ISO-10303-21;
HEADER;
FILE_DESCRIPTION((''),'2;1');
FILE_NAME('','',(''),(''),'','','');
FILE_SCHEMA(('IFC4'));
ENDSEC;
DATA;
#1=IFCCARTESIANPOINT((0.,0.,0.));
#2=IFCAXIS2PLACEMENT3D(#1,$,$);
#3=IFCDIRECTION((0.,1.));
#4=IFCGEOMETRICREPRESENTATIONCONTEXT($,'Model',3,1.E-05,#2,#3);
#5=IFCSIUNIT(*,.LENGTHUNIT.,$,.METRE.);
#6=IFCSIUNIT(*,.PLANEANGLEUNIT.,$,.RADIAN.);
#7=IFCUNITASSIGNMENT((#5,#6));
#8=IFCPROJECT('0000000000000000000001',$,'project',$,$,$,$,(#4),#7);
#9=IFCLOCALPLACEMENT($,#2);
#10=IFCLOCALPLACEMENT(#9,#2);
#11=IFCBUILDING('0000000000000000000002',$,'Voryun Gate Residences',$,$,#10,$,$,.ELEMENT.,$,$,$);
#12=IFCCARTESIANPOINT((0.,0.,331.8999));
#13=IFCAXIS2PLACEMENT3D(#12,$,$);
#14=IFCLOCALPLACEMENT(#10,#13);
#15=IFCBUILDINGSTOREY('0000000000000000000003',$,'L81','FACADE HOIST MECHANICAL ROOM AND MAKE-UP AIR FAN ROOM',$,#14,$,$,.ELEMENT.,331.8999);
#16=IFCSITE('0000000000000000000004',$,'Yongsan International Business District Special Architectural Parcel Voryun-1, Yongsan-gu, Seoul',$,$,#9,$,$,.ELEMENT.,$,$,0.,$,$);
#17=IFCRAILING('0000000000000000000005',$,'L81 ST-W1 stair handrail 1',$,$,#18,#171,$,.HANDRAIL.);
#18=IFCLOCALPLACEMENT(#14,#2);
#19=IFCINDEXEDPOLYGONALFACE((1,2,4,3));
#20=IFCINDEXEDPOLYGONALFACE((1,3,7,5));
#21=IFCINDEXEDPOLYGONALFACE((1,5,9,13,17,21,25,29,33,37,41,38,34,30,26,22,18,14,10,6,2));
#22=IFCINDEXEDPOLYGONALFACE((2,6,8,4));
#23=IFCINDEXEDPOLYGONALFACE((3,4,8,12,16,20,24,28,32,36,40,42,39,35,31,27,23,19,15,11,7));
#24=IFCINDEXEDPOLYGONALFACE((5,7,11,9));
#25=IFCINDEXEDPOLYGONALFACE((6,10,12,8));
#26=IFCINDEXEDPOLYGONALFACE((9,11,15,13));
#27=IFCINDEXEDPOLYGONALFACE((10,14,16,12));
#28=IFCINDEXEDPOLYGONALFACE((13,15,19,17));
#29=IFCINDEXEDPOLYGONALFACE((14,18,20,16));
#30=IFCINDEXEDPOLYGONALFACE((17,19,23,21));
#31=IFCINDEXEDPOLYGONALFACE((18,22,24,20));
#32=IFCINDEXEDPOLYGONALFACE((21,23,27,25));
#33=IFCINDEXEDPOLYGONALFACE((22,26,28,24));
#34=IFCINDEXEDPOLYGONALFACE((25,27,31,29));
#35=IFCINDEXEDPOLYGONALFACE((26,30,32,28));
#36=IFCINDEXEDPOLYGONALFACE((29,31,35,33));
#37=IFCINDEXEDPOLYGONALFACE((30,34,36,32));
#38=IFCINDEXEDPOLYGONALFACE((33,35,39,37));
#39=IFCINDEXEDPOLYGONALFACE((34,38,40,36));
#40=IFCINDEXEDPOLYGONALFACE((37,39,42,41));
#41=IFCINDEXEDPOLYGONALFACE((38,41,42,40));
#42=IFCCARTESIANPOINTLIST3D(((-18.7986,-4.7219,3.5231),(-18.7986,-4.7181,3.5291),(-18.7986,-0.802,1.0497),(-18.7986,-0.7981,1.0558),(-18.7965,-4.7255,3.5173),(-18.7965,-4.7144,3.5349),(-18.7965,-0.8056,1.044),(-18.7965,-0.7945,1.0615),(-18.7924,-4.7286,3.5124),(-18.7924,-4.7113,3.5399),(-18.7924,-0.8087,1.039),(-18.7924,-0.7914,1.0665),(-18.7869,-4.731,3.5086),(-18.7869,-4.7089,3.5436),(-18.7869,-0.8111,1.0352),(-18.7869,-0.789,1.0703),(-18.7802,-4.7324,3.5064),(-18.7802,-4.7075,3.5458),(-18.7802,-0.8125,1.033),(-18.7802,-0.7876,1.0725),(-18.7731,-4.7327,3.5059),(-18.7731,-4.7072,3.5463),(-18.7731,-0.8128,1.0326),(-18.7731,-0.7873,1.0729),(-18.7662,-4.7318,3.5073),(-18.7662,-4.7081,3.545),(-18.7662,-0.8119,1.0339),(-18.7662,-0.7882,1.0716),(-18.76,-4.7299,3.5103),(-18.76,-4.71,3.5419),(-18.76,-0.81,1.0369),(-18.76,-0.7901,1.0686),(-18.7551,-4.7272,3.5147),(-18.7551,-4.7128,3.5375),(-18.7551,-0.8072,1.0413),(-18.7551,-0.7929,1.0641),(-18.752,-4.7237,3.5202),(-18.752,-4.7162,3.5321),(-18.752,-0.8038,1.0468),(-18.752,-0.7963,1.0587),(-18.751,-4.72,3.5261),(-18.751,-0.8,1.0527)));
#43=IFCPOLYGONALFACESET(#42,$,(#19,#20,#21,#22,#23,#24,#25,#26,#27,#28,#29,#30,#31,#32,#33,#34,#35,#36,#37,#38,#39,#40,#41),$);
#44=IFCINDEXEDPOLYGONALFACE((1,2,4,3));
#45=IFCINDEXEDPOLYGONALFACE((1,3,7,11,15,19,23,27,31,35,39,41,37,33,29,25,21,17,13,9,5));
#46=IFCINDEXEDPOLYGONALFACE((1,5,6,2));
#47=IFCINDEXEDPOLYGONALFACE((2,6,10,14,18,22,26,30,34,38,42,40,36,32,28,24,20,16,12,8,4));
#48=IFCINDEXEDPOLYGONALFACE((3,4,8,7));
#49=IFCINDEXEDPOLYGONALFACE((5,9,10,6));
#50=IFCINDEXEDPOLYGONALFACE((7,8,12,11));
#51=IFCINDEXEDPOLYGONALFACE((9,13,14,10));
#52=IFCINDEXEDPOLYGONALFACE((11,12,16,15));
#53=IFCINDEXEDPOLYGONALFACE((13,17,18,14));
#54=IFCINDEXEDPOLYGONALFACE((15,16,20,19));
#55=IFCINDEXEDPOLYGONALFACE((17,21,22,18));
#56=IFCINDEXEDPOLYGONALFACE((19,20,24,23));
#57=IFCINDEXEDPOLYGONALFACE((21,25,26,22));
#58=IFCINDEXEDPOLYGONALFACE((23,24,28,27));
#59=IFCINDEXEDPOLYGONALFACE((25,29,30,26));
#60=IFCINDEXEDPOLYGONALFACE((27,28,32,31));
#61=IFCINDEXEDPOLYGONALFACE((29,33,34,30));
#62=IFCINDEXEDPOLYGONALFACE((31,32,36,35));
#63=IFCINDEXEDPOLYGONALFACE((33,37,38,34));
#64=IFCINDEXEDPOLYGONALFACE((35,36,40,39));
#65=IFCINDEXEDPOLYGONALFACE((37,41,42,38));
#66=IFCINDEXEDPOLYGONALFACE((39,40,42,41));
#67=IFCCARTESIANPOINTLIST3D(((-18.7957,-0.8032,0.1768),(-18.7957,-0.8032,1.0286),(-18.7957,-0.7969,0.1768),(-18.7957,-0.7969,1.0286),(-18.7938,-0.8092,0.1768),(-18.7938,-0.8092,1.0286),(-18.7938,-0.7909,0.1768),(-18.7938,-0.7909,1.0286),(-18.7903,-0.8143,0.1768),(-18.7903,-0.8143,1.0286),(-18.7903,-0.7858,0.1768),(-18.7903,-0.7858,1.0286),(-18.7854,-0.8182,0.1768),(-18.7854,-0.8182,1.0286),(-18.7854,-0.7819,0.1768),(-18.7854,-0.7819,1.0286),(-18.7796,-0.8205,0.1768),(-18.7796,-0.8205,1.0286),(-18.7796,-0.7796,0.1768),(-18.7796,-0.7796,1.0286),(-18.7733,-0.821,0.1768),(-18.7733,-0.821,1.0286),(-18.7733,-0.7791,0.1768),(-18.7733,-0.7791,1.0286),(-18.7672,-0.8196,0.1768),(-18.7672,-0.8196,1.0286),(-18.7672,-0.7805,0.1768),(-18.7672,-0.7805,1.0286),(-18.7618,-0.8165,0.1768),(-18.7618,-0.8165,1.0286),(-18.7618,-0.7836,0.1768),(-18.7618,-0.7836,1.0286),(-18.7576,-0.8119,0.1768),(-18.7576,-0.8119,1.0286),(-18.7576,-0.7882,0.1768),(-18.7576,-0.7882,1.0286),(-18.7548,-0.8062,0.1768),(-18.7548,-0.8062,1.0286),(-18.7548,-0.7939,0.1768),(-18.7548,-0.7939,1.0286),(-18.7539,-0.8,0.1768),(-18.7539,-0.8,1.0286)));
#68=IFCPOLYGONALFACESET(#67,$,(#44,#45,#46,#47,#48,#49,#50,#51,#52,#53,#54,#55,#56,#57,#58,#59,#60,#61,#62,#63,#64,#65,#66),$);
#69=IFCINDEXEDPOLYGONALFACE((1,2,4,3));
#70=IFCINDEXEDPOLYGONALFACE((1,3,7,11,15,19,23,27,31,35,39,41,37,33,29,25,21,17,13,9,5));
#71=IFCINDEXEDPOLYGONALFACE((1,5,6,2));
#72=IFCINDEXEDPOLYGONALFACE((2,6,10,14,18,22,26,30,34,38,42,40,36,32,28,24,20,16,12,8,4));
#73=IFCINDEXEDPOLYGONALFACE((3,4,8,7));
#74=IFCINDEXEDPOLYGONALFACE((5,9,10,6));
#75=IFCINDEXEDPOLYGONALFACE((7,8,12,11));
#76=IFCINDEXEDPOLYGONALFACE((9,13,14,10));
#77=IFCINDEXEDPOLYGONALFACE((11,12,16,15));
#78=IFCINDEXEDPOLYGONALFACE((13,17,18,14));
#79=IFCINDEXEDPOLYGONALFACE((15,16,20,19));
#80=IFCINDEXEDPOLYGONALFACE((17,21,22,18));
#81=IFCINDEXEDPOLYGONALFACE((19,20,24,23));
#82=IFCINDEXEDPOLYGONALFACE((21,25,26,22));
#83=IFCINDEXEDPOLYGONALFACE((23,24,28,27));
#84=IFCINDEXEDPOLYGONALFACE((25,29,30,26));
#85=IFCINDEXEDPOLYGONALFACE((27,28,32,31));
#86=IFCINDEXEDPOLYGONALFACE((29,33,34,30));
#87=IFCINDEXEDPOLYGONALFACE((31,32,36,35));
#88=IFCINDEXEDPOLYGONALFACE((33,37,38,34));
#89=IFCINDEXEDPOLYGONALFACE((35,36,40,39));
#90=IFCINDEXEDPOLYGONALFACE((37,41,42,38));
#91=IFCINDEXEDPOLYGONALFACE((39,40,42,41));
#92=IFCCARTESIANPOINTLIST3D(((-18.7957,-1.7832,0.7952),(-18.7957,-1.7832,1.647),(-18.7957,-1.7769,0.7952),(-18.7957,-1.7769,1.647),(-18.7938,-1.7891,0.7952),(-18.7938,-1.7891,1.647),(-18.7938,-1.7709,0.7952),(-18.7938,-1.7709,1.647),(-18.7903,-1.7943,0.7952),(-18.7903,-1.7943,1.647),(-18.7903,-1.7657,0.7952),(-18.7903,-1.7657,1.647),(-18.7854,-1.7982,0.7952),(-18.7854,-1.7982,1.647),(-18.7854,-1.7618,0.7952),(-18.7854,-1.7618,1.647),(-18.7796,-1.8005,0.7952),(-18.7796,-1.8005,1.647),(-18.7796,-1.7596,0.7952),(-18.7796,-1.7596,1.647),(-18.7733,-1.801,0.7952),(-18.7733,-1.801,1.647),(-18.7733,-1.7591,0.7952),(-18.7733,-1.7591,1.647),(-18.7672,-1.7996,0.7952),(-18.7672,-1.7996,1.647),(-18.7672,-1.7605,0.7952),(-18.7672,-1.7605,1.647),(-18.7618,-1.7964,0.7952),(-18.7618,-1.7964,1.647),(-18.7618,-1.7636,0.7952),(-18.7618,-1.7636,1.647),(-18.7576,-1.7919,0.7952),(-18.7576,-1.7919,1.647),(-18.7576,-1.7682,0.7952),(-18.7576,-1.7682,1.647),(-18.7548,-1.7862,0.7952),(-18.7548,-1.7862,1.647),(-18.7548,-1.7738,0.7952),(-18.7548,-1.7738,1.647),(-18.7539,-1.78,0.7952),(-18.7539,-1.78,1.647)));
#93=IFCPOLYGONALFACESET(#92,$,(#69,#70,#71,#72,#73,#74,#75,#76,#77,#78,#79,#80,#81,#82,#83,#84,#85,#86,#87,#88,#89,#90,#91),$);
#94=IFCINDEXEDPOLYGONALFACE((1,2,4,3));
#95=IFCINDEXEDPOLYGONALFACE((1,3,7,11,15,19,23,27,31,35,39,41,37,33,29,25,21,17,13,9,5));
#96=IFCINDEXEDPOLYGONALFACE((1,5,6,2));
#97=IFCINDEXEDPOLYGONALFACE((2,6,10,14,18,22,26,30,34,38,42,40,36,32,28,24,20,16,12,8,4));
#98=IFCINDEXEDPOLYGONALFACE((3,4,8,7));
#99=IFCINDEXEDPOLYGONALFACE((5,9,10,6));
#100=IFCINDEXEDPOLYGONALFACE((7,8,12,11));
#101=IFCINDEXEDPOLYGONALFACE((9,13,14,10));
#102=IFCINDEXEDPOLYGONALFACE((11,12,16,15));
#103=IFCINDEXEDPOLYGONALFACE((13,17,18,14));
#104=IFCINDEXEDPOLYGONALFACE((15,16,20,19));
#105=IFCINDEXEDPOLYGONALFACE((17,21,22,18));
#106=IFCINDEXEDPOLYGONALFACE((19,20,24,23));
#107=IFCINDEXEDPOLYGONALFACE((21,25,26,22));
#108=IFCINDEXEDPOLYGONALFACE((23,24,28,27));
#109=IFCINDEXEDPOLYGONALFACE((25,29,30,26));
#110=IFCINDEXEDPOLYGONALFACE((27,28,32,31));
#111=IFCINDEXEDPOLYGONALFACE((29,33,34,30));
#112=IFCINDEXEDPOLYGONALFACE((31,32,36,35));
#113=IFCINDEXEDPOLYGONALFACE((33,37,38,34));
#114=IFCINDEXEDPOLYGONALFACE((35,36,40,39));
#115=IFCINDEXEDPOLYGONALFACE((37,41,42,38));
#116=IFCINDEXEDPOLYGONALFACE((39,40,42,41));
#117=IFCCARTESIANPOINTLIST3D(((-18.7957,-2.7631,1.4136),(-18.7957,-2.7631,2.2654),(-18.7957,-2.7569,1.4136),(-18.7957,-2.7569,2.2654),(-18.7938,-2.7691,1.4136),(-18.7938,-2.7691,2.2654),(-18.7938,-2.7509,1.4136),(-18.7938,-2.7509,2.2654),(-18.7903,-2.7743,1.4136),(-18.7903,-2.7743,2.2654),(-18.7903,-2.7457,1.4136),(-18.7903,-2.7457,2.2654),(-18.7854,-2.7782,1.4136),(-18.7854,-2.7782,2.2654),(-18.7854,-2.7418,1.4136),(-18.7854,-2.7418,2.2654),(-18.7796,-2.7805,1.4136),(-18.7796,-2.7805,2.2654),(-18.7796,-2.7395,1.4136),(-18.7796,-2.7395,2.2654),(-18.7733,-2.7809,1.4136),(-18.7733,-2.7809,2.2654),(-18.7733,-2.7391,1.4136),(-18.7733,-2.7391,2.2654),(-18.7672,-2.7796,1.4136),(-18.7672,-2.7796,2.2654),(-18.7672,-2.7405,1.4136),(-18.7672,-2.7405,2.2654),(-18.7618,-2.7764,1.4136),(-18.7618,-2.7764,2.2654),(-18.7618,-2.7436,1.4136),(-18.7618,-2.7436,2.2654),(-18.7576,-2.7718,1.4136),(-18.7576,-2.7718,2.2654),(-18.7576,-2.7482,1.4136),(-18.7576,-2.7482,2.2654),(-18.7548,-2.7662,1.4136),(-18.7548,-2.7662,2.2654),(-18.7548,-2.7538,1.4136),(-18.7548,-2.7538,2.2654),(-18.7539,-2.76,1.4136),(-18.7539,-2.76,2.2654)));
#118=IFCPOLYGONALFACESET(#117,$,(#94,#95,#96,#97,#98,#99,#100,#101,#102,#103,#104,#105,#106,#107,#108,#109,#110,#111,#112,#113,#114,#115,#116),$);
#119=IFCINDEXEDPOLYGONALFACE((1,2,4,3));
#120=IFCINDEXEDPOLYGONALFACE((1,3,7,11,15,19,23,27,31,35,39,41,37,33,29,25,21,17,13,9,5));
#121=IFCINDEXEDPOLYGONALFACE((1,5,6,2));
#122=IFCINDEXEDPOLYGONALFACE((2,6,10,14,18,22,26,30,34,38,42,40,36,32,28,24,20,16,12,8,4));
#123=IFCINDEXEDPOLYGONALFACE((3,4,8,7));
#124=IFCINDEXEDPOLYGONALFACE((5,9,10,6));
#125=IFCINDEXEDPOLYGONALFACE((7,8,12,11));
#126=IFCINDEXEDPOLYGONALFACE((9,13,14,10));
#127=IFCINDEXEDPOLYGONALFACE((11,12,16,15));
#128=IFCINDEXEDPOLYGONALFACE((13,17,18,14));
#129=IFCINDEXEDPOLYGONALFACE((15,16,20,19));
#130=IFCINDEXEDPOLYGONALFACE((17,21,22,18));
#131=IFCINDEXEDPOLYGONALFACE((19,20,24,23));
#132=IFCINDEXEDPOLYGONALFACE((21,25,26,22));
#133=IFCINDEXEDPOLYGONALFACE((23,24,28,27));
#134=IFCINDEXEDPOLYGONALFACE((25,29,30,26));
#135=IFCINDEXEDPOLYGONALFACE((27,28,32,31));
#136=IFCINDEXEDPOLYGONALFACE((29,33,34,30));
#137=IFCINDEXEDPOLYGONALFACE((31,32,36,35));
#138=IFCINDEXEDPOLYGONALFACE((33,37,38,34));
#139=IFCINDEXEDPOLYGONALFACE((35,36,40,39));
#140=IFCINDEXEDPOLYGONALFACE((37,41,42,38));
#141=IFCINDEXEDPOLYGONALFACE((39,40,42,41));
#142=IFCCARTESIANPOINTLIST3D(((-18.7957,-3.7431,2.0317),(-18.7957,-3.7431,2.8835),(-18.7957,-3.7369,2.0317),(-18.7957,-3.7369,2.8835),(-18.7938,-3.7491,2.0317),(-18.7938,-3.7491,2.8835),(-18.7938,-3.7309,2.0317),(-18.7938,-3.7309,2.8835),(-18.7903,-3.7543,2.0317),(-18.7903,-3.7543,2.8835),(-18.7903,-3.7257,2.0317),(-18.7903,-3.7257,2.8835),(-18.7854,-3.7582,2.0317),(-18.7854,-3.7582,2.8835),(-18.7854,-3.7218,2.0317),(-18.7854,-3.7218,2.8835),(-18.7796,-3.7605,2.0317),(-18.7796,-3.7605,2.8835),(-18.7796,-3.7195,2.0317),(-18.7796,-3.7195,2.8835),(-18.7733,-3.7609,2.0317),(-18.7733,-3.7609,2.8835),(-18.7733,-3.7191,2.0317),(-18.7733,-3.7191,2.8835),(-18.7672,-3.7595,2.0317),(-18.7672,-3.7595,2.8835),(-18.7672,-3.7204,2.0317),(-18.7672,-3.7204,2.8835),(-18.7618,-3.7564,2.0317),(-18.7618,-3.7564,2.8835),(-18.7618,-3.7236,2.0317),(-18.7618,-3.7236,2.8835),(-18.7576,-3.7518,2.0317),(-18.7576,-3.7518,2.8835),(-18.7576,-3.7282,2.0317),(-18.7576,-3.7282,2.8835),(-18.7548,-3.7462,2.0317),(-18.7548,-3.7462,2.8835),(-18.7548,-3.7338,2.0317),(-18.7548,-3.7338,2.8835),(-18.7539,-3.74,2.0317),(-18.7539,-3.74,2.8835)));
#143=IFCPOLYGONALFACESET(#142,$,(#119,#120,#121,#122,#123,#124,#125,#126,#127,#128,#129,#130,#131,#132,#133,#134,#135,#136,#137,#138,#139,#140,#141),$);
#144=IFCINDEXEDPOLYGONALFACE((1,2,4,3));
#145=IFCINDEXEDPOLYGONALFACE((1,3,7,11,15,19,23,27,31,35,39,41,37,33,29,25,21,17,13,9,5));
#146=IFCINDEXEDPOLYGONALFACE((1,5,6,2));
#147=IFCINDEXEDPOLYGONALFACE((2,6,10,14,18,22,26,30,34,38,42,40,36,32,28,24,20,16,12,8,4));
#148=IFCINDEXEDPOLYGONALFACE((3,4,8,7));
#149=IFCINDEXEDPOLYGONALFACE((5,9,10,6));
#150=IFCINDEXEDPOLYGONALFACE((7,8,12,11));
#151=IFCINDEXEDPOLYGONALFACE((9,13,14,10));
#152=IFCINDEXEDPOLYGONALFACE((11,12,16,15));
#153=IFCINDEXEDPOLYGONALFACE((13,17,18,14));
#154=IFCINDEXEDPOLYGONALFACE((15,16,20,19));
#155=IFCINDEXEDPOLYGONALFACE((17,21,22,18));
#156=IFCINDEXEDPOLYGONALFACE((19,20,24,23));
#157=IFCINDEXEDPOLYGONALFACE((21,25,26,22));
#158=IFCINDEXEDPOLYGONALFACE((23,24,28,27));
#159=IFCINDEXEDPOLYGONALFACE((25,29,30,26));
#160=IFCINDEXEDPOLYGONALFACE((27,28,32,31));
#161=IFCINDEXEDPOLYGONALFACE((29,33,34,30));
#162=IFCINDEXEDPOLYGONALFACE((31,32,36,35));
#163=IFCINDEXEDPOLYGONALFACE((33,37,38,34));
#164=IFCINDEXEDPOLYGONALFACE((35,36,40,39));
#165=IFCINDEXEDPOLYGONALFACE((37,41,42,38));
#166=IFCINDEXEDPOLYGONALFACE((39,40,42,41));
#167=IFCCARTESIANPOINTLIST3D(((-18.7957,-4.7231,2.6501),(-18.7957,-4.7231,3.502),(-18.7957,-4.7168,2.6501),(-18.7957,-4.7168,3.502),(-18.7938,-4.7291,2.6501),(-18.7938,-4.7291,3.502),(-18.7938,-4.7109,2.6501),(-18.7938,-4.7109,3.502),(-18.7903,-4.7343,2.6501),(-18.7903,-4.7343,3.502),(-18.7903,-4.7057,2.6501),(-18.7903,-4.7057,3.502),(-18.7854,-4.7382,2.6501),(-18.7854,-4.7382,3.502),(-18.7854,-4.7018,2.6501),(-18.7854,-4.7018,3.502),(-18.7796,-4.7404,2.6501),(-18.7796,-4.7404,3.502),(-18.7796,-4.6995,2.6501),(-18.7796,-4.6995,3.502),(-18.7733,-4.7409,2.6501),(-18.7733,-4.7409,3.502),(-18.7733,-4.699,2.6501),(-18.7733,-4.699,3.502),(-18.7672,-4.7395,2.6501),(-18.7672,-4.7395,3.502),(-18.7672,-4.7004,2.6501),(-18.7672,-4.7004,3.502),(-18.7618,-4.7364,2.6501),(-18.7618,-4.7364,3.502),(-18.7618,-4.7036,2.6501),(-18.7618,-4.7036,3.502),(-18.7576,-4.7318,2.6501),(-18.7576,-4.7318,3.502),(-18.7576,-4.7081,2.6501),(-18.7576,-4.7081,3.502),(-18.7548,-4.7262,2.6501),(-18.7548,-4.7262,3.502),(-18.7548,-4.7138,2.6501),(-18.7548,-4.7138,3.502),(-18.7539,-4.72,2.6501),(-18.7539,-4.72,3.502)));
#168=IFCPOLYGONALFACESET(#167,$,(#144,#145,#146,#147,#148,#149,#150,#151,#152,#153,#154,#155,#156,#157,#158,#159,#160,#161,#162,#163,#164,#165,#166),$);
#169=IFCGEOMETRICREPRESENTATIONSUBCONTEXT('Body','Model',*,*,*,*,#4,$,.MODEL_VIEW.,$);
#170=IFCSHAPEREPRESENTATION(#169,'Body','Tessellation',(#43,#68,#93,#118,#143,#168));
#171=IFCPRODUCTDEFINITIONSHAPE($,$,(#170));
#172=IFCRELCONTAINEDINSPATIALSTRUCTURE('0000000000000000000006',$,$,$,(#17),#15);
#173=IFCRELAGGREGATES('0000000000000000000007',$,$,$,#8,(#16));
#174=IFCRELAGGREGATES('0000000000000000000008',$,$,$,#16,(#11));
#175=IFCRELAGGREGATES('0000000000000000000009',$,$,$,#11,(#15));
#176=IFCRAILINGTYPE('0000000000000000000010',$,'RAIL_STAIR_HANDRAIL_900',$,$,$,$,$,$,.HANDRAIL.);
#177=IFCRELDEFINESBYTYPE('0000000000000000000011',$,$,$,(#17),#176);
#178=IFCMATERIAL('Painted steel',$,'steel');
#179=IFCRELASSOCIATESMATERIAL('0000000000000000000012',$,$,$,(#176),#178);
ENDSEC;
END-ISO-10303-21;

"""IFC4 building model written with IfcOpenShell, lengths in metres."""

from ifc_helpers import new_model, si_unit, direction, frame, origin, origin_2d, place, context, subcontext, project, spatial, circle, extrude, material, type_object, element, save


model = new_model("IFC4")

# Units and contexts
model_context = context("Model", 3, precision=1e-05, world=origin(), true_north=direction((0.0, 1.0)))
body_context = subcontext(model_context, "Body", "Model", "MODEL_VIEW")
ifc_project = project(units=[si_unit("LENGTHUNIT", "METRE"), si_unit("PLANEANGLEUNIT", "RADIAN")], contexts=[model_context])

# Site, building, storey
site_placement = place(None, origin())
site = spatial("IfcSite", under=ifc_project, at=site_placement, Name="Yongsan International Business District Special Architectural Parcel Voryun-1, Yongsan-gu, Seoul", CompositionType="ELEMENT", RefElevation=0.0)
building_placement = place(site_placement, origin())
building = spatial("IfcBuilding", under=site, at=building_placement, Name="Voryun Gate Residences", CompositionType="ELEMENT")
storey_placement = place(building_placement, frame((0.0, 0.0, 331.8999)))
storey = spatial("IfcBuildingStorey", under=building, at=storey_placement, Name="L81", Description="FACADE HOIST MECHANICAL ROOM AND MAKE-UP AIR FAN ROOM", CompositionType="ELEMENT", Elevation=331.8999)

# Railing
ifc_material_1 = material(Name="Painted steel", Category="steel")
railing_type_1 = type_object("IfcRailingType", Name="RAIL_STAIR_HANDRAIL_900", PredefinedType="HANDRAIL", material=ifc_material_1)
railing_1_placement = place(storey_placement, frame((-18.7749, -0.8, 0.1768)))
element("IfcRailing", 1, at=railing_1_placement, inside=storey, type_object=railing_type_1, Name="L81 ST-W1 stair handrail 1", PredefinedType="HANDRAIL", context=body_context, shape_type="SweptSolid", body=[
    extrude(circle(Radius=0.0239, at=origin_2d()), frame((0.0, 0.0, 0.876), z_axis=(0.0, -0.845718, 0.53363), x_axis=(1.0, 0.0, 0.0)), (0.0, 0.0, 1.0), 4.635),
    extrude(circle(Radius=0.021, at=origin_2d()), origin(), (0.0, 0.0, 1.0), 0.8518),
    extrude(circle(Radius=0.021, at=origin_2d()), frame((0.0, -0.98, 0.6184)), (0.0, 0.0, 1.0), 0.8518),
    extrude(circle(Radius=0.021, at=origin_2d()), frame((0.0, -1.96, 1.2368)), (0.0, 0.0, 1.0), 0.8518),
    extrude(circle(Radius=0.021, at=origin_2d()), frame((0.0, -2.9399, 1.855)), (0.0, 0.0, 1.0), 0.8518),
    extrude(circle(Radius=0.021, at=origin_2d()), frame((0.0, -3.9199, 2.4734)), (0.0, 0.0, 1.0), 0.8518),
])

save(model, "model.ifc")
